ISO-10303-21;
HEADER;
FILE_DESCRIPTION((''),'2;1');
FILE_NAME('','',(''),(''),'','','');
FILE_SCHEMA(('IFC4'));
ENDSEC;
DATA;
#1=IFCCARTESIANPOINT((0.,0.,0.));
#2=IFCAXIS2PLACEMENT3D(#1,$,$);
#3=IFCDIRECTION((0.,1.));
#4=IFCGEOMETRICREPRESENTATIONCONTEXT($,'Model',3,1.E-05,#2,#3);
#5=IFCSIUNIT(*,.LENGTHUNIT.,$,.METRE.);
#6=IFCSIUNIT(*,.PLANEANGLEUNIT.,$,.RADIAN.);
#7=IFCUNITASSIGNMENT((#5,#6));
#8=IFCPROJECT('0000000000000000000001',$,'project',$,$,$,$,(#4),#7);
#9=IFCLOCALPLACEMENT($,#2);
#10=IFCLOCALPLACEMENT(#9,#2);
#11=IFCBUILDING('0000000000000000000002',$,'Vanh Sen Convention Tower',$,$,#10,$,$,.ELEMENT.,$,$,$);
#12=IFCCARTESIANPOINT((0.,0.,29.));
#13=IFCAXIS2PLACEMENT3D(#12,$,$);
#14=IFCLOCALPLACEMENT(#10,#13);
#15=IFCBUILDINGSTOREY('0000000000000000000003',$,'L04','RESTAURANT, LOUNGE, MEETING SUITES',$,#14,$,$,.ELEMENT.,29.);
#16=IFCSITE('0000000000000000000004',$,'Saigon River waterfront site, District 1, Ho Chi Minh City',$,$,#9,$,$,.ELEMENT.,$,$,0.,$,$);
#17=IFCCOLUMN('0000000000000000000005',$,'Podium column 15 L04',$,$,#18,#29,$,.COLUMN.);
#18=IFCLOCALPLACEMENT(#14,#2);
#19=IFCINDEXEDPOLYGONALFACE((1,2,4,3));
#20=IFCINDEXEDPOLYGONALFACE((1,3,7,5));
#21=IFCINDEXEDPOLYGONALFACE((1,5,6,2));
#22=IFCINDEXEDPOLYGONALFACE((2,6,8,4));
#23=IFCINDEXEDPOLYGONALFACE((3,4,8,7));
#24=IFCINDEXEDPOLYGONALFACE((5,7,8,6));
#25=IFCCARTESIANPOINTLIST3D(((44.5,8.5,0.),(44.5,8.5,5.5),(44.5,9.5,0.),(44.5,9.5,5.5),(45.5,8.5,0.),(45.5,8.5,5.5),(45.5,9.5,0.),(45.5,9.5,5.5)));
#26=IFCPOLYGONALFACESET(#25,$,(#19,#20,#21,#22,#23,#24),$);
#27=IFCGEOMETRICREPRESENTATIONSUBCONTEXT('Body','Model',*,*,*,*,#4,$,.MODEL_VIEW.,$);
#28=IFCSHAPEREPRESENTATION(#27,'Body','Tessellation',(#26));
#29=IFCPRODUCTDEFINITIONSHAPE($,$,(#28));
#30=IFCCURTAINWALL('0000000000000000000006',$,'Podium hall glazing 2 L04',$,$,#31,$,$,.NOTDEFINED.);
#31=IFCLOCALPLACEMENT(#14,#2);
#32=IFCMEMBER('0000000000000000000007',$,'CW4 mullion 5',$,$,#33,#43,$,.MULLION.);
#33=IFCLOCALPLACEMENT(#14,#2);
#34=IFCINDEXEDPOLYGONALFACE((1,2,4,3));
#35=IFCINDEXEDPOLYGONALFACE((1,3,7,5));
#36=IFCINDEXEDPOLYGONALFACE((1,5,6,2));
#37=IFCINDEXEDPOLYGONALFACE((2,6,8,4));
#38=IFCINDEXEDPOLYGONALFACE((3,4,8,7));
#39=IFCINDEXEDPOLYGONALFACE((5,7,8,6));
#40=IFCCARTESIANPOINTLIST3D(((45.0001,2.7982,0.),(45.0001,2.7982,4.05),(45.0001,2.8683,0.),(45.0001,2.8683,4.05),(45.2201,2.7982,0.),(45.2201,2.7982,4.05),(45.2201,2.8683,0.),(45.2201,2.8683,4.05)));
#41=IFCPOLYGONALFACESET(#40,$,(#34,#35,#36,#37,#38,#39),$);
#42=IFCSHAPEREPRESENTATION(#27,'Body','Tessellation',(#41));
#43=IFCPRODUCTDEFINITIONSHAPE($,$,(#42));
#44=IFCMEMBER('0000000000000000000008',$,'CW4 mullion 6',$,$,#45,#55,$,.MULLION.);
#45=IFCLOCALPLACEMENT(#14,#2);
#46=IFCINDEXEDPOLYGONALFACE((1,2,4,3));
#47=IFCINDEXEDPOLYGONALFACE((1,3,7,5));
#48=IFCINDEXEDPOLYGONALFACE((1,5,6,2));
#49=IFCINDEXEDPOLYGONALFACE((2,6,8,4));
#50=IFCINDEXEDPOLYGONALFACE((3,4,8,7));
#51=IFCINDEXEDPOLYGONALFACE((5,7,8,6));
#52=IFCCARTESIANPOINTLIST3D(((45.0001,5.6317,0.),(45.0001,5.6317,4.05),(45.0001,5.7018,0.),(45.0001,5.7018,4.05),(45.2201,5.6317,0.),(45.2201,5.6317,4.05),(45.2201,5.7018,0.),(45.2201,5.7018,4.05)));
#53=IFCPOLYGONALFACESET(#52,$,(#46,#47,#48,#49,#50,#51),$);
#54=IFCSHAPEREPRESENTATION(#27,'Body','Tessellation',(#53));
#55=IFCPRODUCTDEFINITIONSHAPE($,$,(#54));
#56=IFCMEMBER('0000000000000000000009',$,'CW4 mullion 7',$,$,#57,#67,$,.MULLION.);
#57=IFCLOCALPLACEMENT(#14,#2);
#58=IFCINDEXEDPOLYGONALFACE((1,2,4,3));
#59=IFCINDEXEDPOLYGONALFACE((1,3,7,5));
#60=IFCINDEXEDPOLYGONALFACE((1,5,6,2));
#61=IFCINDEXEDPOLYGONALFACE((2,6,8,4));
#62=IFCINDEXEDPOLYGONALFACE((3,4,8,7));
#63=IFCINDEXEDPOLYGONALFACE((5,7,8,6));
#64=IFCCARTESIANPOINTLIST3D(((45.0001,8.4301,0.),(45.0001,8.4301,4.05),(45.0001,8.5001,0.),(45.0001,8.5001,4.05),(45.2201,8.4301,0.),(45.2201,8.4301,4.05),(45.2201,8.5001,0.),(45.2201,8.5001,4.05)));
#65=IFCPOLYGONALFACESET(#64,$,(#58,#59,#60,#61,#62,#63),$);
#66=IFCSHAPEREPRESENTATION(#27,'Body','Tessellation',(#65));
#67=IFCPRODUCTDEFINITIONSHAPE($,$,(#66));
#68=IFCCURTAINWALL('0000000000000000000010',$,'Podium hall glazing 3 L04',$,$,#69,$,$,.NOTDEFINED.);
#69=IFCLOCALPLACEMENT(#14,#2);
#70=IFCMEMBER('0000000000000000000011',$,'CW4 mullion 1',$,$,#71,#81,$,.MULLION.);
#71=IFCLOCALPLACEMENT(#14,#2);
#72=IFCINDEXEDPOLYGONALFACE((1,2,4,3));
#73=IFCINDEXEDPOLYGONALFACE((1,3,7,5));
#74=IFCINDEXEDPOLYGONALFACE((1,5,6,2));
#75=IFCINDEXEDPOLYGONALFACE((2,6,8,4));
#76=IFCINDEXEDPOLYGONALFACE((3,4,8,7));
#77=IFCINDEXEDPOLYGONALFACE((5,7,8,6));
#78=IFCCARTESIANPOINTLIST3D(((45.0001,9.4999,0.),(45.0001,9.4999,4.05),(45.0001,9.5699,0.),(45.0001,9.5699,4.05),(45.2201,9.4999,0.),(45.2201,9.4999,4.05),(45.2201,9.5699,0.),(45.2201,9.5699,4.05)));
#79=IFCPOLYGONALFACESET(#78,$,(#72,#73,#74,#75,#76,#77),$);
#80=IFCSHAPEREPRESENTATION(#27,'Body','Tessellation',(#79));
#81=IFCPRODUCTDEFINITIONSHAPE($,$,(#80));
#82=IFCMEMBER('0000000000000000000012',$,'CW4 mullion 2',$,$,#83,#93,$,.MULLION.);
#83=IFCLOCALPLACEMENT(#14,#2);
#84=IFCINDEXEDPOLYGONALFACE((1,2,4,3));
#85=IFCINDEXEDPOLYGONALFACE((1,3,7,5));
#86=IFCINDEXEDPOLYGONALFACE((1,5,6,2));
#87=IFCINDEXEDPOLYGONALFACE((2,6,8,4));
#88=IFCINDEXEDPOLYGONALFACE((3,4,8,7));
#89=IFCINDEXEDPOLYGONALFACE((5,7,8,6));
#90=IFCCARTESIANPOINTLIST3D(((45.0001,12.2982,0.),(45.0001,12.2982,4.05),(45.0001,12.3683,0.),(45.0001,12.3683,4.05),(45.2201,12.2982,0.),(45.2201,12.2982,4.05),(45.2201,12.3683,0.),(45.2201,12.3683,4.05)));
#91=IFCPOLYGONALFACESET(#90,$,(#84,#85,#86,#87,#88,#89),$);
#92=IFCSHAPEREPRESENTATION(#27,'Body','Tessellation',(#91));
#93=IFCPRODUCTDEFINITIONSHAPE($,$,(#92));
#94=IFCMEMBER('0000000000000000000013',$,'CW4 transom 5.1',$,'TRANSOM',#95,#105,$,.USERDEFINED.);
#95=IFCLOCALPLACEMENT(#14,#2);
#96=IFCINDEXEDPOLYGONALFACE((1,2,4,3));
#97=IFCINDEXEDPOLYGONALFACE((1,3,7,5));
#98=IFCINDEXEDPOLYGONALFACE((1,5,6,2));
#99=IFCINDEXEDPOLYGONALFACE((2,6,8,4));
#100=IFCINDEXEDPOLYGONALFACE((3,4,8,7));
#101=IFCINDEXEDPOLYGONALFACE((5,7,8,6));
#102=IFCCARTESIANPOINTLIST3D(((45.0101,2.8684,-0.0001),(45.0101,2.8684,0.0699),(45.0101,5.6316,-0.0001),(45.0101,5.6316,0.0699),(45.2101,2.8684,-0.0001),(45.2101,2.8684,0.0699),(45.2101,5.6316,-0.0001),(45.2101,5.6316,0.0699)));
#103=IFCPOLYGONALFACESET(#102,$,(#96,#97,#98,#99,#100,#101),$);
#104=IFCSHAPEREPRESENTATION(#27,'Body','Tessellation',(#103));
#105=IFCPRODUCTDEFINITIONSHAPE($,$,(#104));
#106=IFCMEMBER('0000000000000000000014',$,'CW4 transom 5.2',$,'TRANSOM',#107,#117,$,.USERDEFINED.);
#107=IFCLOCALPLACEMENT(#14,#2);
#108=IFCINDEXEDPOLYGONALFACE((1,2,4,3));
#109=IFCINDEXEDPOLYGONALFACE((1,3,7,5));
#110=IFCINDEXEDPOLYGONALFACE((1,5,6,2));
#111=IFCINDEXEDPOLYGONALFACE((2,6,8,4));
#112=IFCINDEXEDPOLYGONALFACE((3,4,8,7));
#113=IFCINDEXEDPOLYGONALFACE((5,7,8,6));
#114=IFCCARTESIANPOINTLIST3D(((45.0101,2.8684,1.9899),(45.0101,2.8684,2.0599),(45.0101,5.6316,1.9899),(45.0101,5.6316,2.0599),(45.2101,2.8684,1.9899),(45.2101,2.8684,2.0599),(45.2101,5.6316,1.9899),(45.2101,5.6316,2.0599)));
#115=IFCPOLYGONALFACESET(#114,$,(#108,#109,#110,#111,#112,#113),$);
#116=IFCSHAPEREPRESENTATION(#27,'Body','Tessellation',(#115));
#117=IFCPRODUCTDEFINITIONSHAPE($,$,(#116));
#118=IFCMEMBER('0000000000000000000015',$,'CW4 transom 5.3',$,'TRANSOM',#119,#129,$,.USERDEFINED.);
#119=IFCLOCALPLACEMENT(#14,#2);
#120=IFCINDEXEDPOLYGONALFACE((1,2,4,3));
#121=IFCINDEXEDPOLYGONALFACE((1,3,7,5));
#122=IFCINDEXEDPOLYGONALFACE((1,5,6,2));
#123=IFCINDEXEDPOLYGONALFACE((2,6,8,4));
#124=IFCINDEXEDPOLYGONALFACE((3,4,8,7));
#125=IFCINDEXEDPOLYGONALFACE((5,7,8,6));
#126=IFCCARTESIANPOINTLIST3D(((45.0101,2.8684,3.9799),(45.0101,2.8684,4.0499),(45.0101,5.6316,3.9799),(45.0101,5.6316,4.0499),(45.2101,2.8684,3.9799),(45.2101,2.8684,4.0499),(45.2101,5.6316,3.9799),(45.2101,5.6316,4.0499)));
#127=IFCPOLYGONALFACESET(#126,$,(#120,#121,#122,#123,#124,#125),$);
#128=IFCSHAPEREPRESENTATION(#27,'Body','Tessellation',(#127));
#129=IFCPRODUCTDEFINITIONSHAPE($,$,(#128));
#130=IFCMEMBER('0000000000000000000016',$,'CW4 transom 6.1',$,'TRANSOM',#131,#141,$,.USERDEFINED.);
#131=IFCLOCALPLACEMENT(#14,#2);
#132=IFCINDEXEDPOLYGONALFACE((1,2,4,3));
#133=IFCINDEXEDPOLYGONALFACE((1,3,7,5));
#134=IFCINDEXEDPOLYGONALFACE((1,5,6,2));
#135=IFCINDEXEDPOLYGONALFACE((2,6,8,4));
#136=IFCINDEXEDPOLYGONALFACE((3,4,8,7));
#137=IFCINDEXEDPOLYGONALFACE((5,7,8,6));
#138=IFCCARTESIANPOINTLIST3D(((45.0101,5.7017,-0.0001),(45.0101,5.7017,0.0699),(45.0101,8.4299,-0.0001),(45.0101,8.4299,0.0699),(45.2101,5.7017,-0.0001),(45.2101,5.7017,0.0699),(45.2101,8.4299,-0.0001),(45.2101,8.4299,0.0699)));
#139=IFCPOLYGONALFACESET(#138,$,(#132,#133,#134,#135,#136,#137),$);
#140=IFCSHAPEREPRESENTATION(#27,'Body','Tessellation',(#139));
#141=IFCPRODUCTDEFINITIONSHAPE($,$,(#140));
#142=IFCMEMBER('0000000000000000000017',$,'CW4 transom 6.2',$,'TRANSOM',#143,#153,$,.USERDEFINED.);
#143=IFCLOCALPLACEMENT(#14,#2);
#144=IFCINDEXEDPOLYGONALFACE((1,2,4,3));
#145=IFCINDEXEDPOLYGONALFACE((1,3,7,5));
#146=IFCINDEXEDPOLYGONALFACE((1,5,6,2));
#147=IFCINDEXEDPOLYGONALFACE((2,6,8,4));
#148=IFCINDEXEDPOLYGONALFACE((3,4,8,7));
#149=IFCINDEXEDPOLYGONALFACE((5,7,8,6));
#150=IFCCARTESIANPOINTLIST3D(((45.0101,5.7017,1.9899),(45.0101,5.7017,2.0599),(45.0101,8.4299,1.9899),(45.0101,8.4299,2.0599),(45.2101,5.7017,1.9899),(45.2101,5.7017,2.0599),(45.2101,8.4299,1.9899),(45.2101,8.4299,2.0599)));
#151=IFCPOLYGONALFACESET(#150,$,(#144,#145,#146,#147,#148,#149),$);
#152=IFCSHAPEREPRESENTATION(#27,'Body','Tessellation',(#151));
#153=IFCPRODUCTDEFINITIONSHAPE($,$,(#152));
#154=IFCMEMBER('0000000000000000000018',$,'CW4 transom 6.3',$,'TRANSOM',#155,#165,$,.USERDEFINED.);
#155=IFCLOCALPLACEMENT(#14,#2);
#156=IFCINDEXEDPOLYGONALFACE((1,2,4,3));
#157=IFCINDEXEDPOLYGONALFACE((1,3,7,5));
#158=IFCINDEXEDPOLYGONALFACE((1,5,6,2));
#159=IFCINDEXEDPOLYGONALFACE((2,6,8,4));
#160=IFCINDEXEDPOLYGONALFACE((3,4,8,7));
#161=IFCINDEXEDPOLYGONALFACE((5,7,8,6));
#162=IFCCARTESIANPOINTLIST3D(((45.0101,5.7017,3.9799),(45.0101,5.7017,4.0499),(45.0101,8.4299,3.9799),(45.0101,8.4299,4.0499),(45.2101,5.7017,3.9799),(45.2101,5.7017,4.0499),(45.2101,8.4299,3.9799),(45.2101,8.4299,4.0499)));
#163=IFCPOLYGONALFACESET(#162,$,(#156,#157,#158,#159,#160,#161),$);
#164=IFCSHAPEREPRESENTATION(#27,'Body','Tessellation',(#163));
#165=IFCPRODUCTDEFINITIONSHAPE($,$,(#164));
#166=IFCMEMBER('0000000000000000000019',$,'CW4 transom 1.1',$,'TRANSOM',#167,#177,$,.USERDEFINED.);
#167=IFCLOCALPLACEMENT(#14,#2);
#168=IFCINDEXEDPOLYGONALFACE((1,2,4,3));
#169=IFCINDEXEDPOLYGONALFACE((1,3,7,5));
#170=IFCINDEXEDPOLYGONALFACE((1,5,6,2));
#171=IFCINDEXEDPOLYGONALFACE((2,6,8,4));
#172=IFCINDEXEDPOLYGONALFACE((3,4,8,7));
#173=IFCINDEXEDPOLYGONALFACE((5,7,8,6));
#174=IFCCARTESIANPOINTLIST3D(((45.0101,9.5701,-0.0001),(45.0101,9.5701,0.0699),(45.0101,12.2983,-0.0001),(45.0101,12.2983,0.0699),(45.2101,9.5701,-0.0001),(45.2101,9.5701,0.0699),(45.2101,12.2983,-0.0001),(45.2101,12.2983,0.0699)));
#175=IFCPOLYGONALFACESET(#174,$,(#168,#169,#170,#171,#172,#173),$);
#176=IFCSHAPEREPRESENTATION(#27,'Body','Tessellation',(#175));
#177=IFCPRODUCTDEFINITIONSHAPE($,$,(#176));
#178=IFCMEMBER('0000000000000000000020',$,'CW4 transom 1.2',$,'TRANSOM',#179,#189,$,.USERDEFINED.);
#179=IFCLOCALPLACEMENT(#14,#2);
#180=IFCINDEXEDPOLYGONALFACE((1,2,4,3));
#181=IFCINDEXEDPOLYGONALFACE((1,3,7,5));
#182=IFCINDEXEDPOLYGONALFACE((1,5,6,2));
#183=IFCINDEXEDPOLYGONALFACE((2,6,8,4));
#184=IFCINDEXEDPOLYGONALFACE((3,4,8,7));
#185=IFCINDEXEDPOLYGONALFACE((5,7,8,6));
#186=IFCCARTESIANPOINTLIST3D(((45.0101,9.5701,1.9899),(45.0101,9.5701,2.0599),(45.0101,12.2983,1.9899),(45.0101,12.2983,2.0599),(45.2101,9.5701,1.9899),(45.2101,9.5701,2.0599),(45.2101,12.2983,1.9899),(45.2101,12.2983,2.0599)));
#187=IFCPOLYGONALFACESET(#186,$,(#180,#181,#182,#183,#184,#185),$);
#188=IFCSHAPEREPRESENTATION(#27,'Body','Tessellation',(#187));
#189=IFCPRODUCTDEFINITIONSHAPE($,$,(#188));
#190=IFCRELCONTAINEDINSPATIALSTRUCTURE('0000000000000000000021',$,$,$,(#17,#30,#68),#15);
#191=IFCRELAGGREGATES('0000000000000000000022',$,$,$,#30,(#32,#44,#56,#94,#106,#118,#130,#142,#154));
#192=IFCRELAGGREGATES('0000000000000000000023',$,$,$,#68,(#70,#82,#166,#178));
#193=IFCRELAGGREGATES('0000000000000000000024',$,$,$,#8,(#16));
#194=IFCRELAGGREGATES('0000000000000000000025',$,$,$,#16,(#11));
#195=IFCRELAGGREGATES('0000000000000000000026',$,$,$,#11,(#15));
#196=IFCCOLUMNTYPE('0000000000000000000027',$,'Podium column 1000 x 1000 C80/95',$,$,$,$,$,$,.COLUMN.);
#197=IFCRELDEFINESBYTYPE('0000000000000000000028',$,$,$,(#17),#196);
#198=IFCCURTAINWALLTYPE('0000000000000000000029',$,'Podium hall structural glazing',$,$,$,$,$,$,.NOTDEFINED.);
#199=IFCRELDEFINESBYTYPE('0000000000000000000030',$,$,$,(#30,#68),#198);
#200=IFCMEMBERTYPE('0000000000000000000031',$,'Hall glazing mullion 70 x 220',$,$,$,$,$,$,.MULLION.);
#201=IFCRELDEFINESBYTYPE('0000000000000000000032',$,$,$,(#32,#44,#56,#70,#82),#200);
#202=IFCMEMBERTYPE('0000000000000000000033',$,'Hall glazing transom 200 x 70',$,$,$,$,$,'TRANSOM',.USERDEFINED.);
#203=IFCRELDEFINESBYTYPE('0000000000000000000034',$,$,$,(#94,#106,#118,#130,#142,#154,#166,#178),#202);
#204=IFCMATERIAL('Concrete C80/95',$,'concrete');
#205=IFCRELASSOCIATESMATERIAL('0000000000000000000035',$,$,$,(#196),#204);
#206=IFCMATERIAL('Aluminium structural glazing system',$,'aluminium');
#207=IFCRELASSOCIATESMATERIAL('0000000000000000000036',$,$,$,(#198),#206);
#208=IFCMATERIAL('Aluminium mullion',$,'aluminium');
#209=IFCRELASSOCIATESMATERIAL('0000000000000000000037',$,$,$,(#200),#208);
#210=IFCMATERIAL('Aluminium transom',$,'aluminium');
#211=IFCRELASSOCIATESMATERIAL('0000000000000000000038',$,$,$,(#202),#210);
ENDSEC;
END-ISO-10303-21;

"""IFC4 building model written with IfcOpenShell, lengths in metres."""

from ifc_helpers import new_model, si_unit, direction, frame, origin, origin_2d, place, context, subcontext, project, spatial, rectangle, extrude, material, material_profile, profile_set, type_object, element, aggregate, save


model = new_model("IFC4")

# Units and contexts
model_context = context("Model", 3, precision=1e-05, world=origin(), true_north=direction((0.0, 1.0)))
body_context = subcontext(model_context, "Body", "Model", "MODEL_VIEW")
ifc_project = project(units=[si_unit("LENGTHUNIT", "METRE"), si_unit("PLANEANGLEUNIT", "RADIAN")], contexts=[model_context])

# Site, building, storey
site_placement = place(None, origin())
site = spatial("IfcSite", under=ifc_project, at=site_placement, Name="Saigon River waterfront site, District 1, Ho Chi Minh City", CompositionType="ELEMENT", RefElevation=0.0)
building_placement = place(site_placement, origin())
building = spatial("IfcBuilding", under=site, at=building_placement, Name="Vanh Sen Convention Tower", CompositionType="ELEMENT")
storey_placement = place(building_placement, frame((0.0, 0.0, 29.0)))
storey = spatial("IfcBuildingStorey", under=building, at=storey_placement, Name="L04", Description="RESTAURANT, LOUNGE, MEETING SUITES", CompositionType="ELEMENT", Elevation=29.0)

# Column
ifc_material_1 = material(Name="Concrete C80/95", Category="concrete")
ifc_material_profile_1 = material_profile(ifc_material_1, rectangle(XDim=1.0, YDim=1.0, at=origin_2d()), Name="RC 1000X1000")
ifc_profile_set_1 = profile_set([ifc_material_profile_1], Name="Concrete C80/95")
column_type = type_object("IfcColumnType", Name="Podium column 1000 x 1000 C80/95", PredefinedType="COLUMN", material=ifc_profile_set_1)
column_placement = place(storey_placement, frame((45.0, 9.0, 0.0), z_axis=(0.0, 0.0, 1.0), x_axis=(1.0, 0.0, 0.0)))
element("IfcColumn", 1, at=column_placement, inside=storey, type_object=column_type, Name="Podium column 15 L04", PredefinedType="COLUMN", context=body_context, shape_type="SweptSolid", body=[
    extrude(rectangle(XDim=1.0, YDim=1.0, at=origin_2d()), origin(), (0.0, 0.0, 1.0), 5.5),
])

# Curtain walls, members
ifc_material_2 = material(Name="Aluminium structural glazing system", Category="aluminium")
curtain_wall_type = type_object("IfcCurtainWallType", Name="Podium hall structural glazing", PredefinedType="NOTDEFINED", material=ifc_material_2)
curtain_wall_1_placement = place(storey_placement, origin())
curtain_wall_1 = element("IfcCurtainWall", 2, at=curtain_wall_1_placement, inside=storey, type_object=curtain_wall_type, Name="Podium hall glazing 2 L04", PredefinedType="NOTDEFINED")
ifc_material_3 = material(Name="Aluminium mullion", Category="aluminium")
ifc_material_profile_2 = material_profile(ifc_material_3, rectangle(XDim=0.22, YDim=0.0701, at=origin_2d()), Name="Hall glazing mullion 70 x 220")
ifc_profile_set_2 = profile_set([ifc_material_profile_2], Name="Aluminium mullion")
member_type_1 = type_object("IfcMemberType", Name="Hall glazing mullion 70 x 220", PredefinedType="MULLION", material=ifc_profile_set_2)
member_1_placement = place(storey_placement, frame((45.1101, 2.8333, 0.0), z_axis=(0.0, 0.0, 1.0), x_axis=(-1.0, 0.0, 0.0)))
member_1 = element("IfcMember", 3, at=member_1_placement, type_object=member_type_1, Name="CW4 mullion 5", PredefinedType="MULLION", context=body_context, shape_type="SweptSolid", body=[
    extrude(rectangle(XDim=0.22, YDim=0.0701, at=origin_2d()), origin(), (0.0, 0.0, 1.0), 4.05),
])
member_2_placement = place(storey_placement, frame((45.1101, 5.6667, 0.0), z_axis=(0.0, 0.0, 1.0), x_axis=(-1.0, 0.0, 0.0)))
member_2 = element("IfcMember", 4, at=member_2_placement, type_object=member_type_1, Name="CW4 mullion 6", PredefinedType="MULLION", context=body_context, shape_type="SweptSolid", body=[
    extrude(rectangle(XDim=0.22, YDim=0.0701, at=origin_2d()), origin(), (0.0, 0.0, 1.0), 4.05),
])
member_3_placement = place(storey_placement, frame((45.1101, 8.4651, 0.0), z_axis=(0.0, 0.0, 1.0), x_axis=(-1.0, 0.0, 0.0)))
member_3 = element("IfcMember", 5, at=member_3_placement, type_object=member_type_1, Name="CW4 mullion 7", PredefinedType="MULLION", context=body_context, shape_type="SweptSolid", body=[
    extrude(rectangle(XDim=0.22, YDim=0.0701, at=origin_2d()), origin(), (0.0, 0.0, 1.0), 4.05),
])
curtain_wall_2_placement = place(storey_placement, origin())
curtain_wall_2 = element("IfcCurtainWall", 6, at=curtain_wall_2_placement, inside=storey, type_object=curtain_wall_type, Name="Podium hall glazing 3 L04", PredefinedType="NOTDEFINED")
member_4_placement = place(storey_placement, frame((45.1101, 9.5349, 0.0), z_axis=(0.0, 0.0, 1.0), x_axis=(-1.0, 0.0, 0.0)))
member_4 = element("IfcMember", 7, at=member_4_placement, type_object=member_type_1, Name="CW4 mullion 1", PredefinedType="MULLION", context=body_context, shape_type="SweptSolid", body=[
    extrude(rectangle(XDim=0.22, YDim=0.0701, at=origin_2d()), origin(), (0.0, 0.0, 1.0), 4.05),
])
member_5_placement = place(storey_placement, frame((45.1101, 12.3333, 0.0), z_axis=(0.0, 0.0, 1.0), x_axis=(-1.0, 0.0, 0.0)))
member_5 = element("IfcMember", 8, at=member_5_placement, type_object=member_type_1, Name="CW4 mullion 2", PredefinedType="MULLION", context=body_context, shape_type="SweptSolid", body=[
    extrude(rectangle(XDim=0.22, YDim=0.0701, at=origin_2d()), origin(), (0.0, 0.0, 1.0), 4.05),
])

# Members
ifc_material_4 = material(Name="Aluminium transom", Category="aluminium")
ifc_material_profile_3 = material_profile(ifc_material_4, rectangle(XDim=0.2, YDim=0.0701, at=origin_2d()), Name="Hall glazing transom 200 x 70")
ifc_profile_set_3 = profile_set([ifc_material_profile_3], Name="Aluminium transom")
member_type_2 = type_object("IfcMemberType", Name="Hall glazing transom 200 x 70", ElementType="TRANSOM", PredefinedType="USERDEFINED", material=ifc_profile_set_3)
member_6_placement = place(storey_placement, frame((45.1101, 2.8684, 0.0349), z_axis=(0.0, 1.0, 0.0), x_axis=(-1.0, 0.0, 0.0)))
member_6 = element("IfcMember", 9, at=member_6_placement, type_object=member_type_2, Name="CW4 transom 5.1", ObjectType="TRANSOM", PredefinedType="USERDEFINED", context=body_context, shape_type="SweptSolid", body=[
    extrude(rectangle(XDim=0.2, YDim=0.0701, at=origin_2d()), origin(), (0.0, 0.0, 1.0), 2.7632),
])
member_7_placement = place(storey_placement, frame((45.1101, 2.8684, 2.0249), z_axis=(0.0, 1.0, 0.0), x_axis=(-1.0, 0.0, 0.0)))
member_7 = element("IfcMember", 10, at=member_7_placement, type_object=member_type_2, Name="CW4 transom 5.2", ObjectType="TRANSOM", PredefinedType="USERDEFINED", context=body_context, shape_type="SweptSolid", body=[
    extrude(rectangle(XDim=0.2, YDim=0.0701, at=origin_2d()), origin(), (0.0, 0.0, 1.0), 2.7632),
])
member_8_placement = place(storey_placement, frame((45.1101, 2.8684, 4.0149), z_axis=(0.0, 1.0, 0.0), x_axis=(-1.0, 0.0, 0.0)))
member_8 = element("IfcMember", 11, at=member_8_placement, type_object=member_type_2, Name="CW4 transom 5.3", ObjectType="TRANSOM", PredefinedType="USERDEFINED", context=body_context, shape_type="SweptSolid", body=[
    extrude(rectangle(XDim=0.2, YDim=0.0701, at=origin_2d()), origin(), (0.0, 0.0, 1.0), 2.7632),
])
member_9_placement = place(storey_placement, frame((45.1101, 5.7017, 0.0349), z_axis=(0.0, 1.0, 0.0), x_axis=(-1.0, 0.0, 0.0)))
member_9 = element("IfcMember", 12, at=member_9_placement, type_object=member_type_2, Name="CW4 transom 6.1", ObjectType="TRANSOM", PredefinedType="USERDEFINED", context=body_context, shape_type="SweptSolid", body=[
    extrude(rectangle(XDim=0.2, YDim=0.0701, at=origin_2d()), origin(), (0.0, 0.0, 1.0), 2.7283),
])
member_10_placement = place(storey_placement, frame((45.1101, 5.7017, 2.0249), z_axis=(0.0, 1.0, 0.0), x_axis=(-1.0, 0.0, 0.0)))
member_10 = element("IfcMember", 13, at=member_10_placement, type_object=member_type_2, Name="CW4 transom 6.2", ObjectType="TRANSOM", PredefinedType="USERDEFINED", context=body_context, shape_type="SweptSolid", body=[
    extrude(rectangle(XDim=0.2, YDim=0.0701, at=origin_2d()), origin(), (0.0, 0.0, 1.0), 2.7283),
])
member_11_placement = place(storey_placement, frame((45.1101, 5.7017, 4.0149), z_axis=(0.0, 1.0, 0.0), x_axis=(-1.0, 0.0, 0.0)))
member_11 = element("IfcMember", 14, at=member_11_placement, type_object=member_type_2, Name="CW4 transom 6.3", ObjectType="TRANSOM", PredefinedType="USERDEFINED", context=body_context, shape_type="SweptSolid", body=[
    extrude(rectangle(XDim=0.2, YDim=0.0701, at=origin_2d()), origin(), (0.0, 0.0, 1.0), 2.7283),
])
member_12_placement = place(storey_placement, frame((45.1101, 9.5701, 0.0349), z_axis=(0.0, 1.0, 0.0), x_axis=(-1.0, 0.0, 0.0)))
member_12 = element("IfcMember", 15, at=member_12_placement, type_object=member_type_2, Name="CW4 transom 1.1", ObjectType="TRANSOM", PredefinedType="USERDEFINED", context=body_context, shape_type="SweptSolid", body=[
    extrude(rectangle(XDim=0.2, YDim=0.0701, at=origin_2d()), origin(), (0.0, 0.0, 1.0), 2.7283),
])
member_13_placement = place(storey_placement, frame((45.1101, 9.5701, 2.0249), z_axis=(0.0, 1.0, 0.0), x_axis=(-1.0, 0.0, 0.0)))
member_13 = element("IfcMember", 16, at=member_13_placement, type_object=member_type_2, Name="CW4 transom 1.2", ObjectType="TRANSOM", PredefinedType="USERDEFINED", context=body_context, shape_type="SweptSolid", body=[
    extrude(rectangle(XDim=0.2, YDim=0.0701, at=origin_2d()), origin(), (0.0, 0.0, 1.0), 2.7283),
])

aggregate(curtain_wall_1, [member_1, member_2, member_3, member_6, member_7, member_8, member_9, member_10, member_11])
aggregate(curtain_wall_2, [member_4, member_5, member_12, member_13])

save(model, "model.ifc")
